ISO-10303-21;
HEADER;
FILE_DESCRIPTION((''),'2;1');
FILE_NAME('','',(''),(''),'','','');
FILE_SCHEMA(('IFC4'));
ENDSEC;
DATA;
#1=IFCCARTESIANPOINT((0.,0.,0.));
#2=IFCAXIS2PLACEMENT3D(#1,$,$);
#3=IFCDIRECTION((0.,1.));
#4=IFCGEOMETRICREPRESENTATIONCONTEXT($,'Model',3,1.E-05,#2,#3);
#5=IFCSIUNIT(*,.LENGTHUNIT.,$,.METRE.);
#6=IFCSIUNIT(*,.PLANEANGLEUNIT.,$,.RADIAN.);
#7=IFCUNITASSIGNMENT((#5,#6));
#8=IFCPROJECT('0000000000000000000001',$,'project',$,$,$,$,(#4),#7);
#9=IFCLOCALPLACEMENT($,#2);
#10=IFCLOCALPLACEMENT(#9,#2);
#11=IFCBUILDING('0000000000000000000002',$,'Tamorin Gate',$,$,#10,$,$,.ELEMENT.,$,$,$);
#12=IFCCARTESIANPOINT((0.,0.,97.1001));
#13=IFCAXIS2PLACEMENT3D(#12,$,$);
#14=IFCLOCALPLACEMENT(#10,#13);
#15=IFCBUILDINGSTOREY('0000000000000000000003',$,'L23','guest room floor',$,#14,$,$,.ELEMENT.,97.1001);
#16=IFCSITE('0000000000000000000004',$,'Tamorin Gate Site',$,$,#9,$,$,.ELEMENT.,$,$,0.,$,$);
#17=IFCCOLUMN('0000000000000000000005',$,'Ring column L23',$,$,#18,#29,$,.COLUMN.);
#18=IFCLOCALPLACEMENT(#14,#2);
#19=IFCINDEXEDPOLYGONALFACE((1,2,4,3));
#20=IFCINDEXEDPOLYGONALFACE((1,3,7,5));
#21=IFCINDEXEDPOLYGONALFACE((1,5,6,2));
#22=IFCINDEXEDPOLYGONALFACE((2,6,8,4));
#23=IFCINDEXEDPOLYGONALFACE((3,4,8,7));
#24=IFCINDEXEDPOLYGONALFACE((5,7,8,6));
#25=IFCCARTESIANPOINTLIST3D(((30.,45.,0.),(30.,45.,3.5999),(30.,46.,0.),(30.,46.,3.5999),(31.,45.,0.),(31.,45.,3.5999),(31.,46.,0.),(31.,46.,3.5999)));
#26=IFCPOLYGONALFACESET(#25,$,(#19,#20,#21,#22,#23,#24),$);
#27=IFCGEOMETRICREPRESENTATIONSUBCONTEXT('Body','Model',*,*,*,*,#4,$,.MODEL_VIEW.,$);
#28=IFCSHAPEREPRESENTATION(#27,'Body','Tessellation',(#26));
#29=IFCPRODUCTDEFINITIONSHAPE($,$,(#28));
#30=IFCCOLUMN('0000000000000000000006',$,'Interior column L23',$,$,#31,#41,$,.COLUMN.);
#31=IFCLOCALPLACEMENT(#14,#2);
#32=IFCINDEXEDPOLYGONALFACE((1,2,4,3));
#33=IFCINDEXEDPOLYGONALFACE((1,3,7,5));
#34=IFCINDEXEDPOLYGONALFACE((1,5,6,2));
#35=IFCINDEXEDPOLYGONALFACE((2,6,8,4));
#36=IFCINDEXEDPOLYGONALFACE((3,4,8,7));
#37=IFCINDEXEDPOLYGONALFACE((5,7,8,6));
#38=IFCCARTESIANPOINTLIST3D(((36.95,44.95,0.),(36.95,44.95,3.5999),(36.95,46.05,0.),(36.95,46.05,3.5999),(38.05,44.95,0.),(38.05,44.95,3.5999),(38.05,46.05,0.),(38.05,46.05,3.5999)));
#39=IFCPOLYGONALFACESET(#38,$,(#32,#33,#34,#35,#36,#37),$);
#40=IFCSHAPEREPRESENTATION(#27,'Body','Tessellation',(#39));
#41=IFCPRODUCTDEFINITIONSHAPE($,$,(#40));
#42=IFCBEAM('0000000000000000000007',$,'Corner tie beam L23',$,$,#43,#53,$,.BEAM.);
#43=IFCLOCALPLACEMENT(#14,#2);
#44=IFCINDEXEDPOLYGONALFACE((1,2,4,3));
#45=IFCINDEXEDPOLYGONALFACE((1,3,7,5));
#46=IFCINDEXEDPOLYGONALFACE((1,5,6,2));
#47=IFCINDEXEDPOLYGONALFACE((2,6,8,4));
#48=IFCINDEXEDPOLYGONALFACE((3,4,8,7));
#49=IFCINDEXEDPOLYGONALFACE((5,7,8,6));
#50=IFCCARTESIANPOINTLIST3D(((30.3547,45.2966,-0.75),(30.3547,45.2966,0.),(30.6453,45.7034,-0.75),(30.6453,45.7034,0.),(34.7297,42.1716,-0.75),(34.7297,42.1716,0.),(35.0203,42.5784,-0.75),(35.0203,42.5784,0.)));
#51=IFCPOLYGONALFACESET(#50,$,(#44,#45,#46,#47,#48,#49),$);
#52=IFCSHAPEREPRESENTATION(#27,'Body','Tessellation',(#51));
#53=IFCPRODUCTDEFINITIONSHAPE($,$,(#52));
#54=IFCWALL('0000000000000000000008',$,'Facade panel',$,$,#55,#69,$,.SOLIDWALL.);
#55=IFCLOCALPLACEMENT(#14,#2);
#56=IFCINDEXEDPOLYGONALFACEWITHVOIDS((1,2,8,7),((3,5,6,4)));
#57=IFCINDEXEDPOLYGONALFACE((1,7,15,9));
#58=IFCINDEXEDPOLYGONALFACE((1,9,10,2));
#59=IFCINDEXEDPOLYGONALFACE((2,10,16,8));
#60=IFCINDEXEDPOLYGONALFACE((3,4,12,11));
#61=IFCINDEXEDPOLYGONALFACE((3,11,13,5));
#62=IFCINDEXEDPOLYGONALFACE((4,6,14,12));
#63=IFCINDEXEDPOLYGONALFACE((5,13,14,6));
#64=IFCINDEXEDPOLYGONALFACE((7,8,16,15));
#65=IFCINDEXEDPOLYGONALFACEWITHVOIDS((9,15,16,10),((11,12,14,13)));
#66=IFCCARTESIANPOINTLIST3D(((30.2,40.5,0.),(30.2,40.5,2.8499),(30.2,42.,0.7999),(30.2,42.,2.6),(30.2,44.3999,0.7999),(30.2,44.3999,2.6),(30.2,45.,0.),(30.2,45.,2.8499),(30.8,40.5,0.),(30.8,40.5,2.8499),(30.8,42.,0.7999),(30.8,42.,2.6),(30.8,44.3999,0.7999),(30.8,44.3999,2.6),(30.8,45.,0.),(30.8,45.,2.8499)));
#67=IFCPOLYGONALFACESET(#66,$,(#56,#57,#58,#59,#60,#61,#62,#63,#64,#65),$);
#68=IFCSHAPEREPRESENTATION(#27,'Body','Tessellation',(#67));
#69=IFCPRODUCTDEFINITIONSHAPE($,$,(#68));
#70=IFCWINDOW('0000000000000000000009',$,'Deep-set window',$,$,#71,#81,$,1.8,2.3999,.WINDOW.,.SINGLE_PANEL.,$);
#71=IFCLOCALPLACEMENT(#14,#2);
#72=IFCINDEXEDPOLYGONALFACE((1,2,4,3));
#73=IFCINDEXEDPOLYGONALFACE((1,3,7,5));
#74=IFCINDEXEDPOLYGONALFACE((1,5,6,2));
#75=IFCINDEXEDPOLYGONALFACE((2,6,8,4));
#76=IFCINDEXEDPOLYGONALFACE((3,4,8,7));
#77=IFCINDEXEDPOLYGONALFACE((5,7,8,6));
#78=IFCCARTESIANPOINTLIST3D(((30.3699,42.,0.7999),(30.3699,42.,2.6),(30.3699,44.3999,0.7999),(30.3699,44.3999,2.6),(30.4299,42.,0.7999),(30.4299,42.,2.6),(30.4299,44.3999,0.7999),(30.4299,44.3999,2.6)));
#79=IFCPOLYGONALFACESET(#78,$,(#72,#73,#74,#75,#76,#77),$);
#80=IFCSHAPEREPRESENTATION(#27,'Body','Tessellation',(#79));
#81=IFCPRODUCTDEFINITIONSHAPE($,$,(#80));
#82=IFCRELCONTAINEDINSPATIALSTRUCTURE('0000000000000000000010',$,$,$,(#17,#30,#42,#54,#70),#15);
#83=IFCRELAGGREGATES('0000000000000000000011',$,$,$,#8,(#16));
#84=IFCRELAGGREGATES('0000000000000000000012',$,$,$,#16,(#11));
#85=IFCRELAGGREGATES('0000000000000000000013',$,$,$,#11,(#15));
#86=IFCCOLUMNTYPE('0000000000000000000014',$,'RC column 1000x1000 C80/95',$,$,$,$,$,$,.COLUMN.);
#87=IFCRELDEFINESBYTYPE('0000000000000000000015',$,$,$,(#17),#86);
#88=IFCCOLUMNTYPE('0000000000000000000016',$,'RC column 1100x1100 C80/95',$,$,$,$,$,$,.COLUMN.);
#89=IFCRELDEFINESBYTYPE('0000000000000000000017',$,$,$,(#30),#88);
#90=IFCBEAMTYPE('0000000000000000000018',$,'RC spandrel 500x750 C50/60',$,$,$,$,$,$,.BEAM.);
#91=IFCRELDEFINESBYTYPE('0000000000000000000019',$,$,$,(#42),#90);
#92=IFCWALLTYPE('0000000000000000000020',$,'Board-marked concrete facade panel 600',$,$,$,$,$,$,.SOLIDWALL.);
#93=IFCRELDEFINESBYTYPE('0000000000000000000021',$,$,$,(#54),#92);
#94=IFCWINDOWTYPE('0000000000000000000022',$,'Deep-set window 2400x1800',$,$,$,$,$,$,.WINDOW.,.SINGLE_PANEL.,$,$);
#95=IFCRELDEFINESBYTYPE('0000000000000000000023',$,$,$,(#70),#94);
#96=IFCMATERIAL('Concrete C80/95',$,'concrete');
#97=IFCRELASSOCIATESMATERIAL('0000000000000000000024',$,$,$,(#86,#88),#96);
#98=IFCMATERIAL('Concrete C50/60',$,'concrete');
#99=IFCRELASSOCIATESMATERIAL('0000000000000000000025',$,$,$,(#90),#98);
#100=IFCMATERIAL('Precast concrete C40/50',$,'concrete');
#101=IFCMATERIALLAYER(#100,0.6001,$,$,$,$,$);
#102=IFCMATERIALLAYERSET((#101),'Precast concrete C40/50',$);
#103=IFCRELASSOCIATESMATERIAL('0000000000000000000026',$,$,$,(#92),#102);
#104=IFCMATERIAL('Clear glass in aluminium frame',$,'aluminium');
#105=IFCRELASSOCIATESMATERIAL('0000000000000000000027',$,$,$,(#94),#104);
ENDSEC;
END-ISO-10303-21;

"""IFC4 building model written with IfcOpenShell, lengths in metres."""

from ifc_helpers import new_model, si_unit, direction, frame, frame_2d, origin, origin_2d, place, context, subcontext, project, spatial, rectangle, extrude, material, layer, layer_set, material_profile, profile_set, type_object, element, fill, save


model = new_model("IFC4")

# Units and contexts
model_context = context("Model", 3, precision=1e-05, world=origin(), true_north=direction((0.0, 1.0)))
body_context = subcontext(model_context, "Body", "Model", "MODEL_VIEW")
ifc_project = project(units=[si_unit("LENGTHUNIT", "METRE"), si_unit("PLANEANGLEUNIT", "RADIAN")], contexts=[model_context])

# Site, building, storey
site_placement = place(None, origin())
site = spatial("IfcSite", under=ifc_project, at=site_placement, Name="Tamorin Gate Site", CompositionType="ELEMENT", RefElevation=0.0)
building_placement = place(site_placement, origin())
building = spatial("IfcBuilding", under=site, at=building_placement, Name="Tamorin Gate", CompositionType="ELEMENT")
storey_placement = place(building_placement, frame((0.0, 0.0, 97.1001)))
storey = spatial("IfcBuildingStorey", under=building, at=storey_placement, Name="L23", Description="guest room floor", CompositionType="ELEMENT", Elevation=97.1001)

# Columns
ifc_material_1 = material(Name="Concrete C80/95", Category="concrete")
ifc_material_profile_1 = material_profile(ifc_material_1, rectangle(XDim=1.0, YDim=1.0, at=origin_2d()), Name="RC 1000x1000")
ifc_profile_set_1 = profile_set([ifc_material_profile_1], Name="Concrete C80/95")
column_type_1 = type_object("IfcColumnType", Name="RC column 1000x1000 C80/95", PredefinedType="COLUMN", material=ifc_profile_set_1)
column_1_placement = place(storey_placement, frame((30.5, 45.5, 0.0), z_axis=(0.0, 0.0, 1.0), x_axis=(1.0, 0.0, 0.0)))
element("IfcColumn", 1, at=column_1_placement, inside=storey, type_object=column_type_1, Name="Ring column L23", PredefinedType="COLUMN", context=body_context, shape_type="SweptSolid", body=[
    extrude(rectangle(XDim=1.0, YDim=1.0, at=origin_2d()), origin(), (0.0, 0.0, 1.0), 3.5999),
])
ifc_material_profile_2 = material_profile(ifc_material_1, rectangle(XDim=1.1001, YDim=1.1001, at=origin_2d()), Name="RC 1100x1100")
ifc_profile_set_2 = profile_set([ifc_material_profile_2], Name="Concrete C80/95")
column_type_2 = type_object("IfcColumnType", Name="RC column 1100x1100 C80/95", PredefinedType="COLUMN", material=ifc_profile_set_2)
column_2_placement = place(storey_placement, frame((37.5, 45.5, 0.0), z_axis=(0.0, 0.0, 1.0), x_axis=(1.0, 0.0, 0.0)))
element("IfcColumn", 2, at=column_2_placement, inside=storey, type_object=column_type_2, Name="Interior column L23", PredefinedType="COLUMN", context=body_context, shape_type="SweptSolid", body=[
    extrude(rectangle(XDim=1.1001, YDim=1.1001, at=origin_2d()), origin(), (0.0, 0.0, 1.0), 3.5999),
])

# Beam
ifc_material_2 = material(Name="Concrete C50/60", Category="concrete")
ifc_material_profile_3 = material_profile(ifc_material_2, rectangle(XDim=0.5, YDim=0.75, at=origin_2d()), Name="RC 500x750")
ifc_profile_set_3 = profile_set([ifc_material_profile_3], Name="Concrete C50/60")
beam_type = type_object("IfcBeamType", Name="RC spandrel 500x750 C50/60", PredefinedType="BEAM", material=ifc_profile_set_3)
beam_placement = place(storey_placement, frame((34.875, 42.375, -0.375), z_axis=(-0.813733, 0.581238, 0.0), x_axis=(-0.581238, -0.813733, 0.0)))
element("IfcBeam", 3, at=beam_placement, inside=storey, type_object=beam_type, Name="Corner tie beam L23", PredefinedType="BEAM", context=body_context, shape_type="SweptSolid", body=[
    extrude(rectangle(XDim=0.5, YDim=0.75, at=origin_2d()), origin(), (0.0, 0.0, 1.0), 5.3765),
])

# Wall, opening, window
ifc_material_3 = material(Name="Precast concrete C40/50", Category="concrete")
ifc_layer_1 = layer(ifc_material_3, 0.6001)
ifc_layer_set_1 = layer_set([ifc_layer_1], Name="Precast concrete C40/50")
wall_type_1 = type_object("IfcWallType", Name="Board-marked concrete facade panel 600", PredefinedType="SOLIDWALL", material=ifc_layer_set_1)
wall_1_placement = place(storey_placement, frame((30.5, 45.0, 0.0), z_axis=(0.0, 0.0, 1.0), x_axis=(0.0, -1.0, 0.0)))
wall_1 = element("IfcWall", 4, at=wall_1_placement, inside=storey, type_object=wall_type_1, Name="Facade panel", PredefinedType="SOLIDWALL", context=body_context, shape_type="SweptSolid", body=[
    extrude(rectangle(XDim=4.5, YDim=0.6001, at=frame_2d((2.25, 0.0))), origin(), (0.0, 0.0, 1.0), 2.8499),
])
opening_1_placement = place(wall_1_placement, frame((0.6001, 0.0, 0.8)))
opening_1 = element("IfcOpeningElement", 5, at=opening_1_placement, cuts=wall_1, PredefinedType="OPENING", context=body_context, shape_type="SweptSolid", body=[
    extrude(rectangle(XDim=2.3999, YDim=1.8, at=frame_2d((1.2, 0.8999))), frame((0.0, 0.3101, 0.0), z_axis=(0.0, -1.0, 0.0), x_axis=(1.0, 0.0, 0.0)), (0.0, 0.0, 1.0), 0.6201),
])
ifc_material_4 = material(Name="Clear glass in aluminium frame", Category="aluminium")
window_type = type_object("IfcWindowType", Name="Deep-set window 2400x1800", PartitioningType="SINGLE_PANEL", PredefinedType="WINDOW", material=ifc_material_4)
window_placement = place(opening_1_placement, origin())
window = element("IfcWindow", 6, at=window_placement, inside=storey, type_object=window_type, Name="Deep-set window", OverallHeight=1.8, OverallWidth=2.3999, PartitioningType="SINGLE_PANEL", PredefinedType="WINDOW", context=body_context, shape_type="SweptSolid", body=[
    extrude(rectangle(XDim=2.3999, YDim=1.8, at=frame_2d((1.2, 0.8999))), frame((0.0, -0.0701, 0.0), z_axis=(0.0, -1.0, 0.0), x_axis=(1.0, 0.0, 0.0)), (0.0, 0.0, 1.0), 0.0601),
])
fill(opening_1, window)

save(model, "model.ifc")
